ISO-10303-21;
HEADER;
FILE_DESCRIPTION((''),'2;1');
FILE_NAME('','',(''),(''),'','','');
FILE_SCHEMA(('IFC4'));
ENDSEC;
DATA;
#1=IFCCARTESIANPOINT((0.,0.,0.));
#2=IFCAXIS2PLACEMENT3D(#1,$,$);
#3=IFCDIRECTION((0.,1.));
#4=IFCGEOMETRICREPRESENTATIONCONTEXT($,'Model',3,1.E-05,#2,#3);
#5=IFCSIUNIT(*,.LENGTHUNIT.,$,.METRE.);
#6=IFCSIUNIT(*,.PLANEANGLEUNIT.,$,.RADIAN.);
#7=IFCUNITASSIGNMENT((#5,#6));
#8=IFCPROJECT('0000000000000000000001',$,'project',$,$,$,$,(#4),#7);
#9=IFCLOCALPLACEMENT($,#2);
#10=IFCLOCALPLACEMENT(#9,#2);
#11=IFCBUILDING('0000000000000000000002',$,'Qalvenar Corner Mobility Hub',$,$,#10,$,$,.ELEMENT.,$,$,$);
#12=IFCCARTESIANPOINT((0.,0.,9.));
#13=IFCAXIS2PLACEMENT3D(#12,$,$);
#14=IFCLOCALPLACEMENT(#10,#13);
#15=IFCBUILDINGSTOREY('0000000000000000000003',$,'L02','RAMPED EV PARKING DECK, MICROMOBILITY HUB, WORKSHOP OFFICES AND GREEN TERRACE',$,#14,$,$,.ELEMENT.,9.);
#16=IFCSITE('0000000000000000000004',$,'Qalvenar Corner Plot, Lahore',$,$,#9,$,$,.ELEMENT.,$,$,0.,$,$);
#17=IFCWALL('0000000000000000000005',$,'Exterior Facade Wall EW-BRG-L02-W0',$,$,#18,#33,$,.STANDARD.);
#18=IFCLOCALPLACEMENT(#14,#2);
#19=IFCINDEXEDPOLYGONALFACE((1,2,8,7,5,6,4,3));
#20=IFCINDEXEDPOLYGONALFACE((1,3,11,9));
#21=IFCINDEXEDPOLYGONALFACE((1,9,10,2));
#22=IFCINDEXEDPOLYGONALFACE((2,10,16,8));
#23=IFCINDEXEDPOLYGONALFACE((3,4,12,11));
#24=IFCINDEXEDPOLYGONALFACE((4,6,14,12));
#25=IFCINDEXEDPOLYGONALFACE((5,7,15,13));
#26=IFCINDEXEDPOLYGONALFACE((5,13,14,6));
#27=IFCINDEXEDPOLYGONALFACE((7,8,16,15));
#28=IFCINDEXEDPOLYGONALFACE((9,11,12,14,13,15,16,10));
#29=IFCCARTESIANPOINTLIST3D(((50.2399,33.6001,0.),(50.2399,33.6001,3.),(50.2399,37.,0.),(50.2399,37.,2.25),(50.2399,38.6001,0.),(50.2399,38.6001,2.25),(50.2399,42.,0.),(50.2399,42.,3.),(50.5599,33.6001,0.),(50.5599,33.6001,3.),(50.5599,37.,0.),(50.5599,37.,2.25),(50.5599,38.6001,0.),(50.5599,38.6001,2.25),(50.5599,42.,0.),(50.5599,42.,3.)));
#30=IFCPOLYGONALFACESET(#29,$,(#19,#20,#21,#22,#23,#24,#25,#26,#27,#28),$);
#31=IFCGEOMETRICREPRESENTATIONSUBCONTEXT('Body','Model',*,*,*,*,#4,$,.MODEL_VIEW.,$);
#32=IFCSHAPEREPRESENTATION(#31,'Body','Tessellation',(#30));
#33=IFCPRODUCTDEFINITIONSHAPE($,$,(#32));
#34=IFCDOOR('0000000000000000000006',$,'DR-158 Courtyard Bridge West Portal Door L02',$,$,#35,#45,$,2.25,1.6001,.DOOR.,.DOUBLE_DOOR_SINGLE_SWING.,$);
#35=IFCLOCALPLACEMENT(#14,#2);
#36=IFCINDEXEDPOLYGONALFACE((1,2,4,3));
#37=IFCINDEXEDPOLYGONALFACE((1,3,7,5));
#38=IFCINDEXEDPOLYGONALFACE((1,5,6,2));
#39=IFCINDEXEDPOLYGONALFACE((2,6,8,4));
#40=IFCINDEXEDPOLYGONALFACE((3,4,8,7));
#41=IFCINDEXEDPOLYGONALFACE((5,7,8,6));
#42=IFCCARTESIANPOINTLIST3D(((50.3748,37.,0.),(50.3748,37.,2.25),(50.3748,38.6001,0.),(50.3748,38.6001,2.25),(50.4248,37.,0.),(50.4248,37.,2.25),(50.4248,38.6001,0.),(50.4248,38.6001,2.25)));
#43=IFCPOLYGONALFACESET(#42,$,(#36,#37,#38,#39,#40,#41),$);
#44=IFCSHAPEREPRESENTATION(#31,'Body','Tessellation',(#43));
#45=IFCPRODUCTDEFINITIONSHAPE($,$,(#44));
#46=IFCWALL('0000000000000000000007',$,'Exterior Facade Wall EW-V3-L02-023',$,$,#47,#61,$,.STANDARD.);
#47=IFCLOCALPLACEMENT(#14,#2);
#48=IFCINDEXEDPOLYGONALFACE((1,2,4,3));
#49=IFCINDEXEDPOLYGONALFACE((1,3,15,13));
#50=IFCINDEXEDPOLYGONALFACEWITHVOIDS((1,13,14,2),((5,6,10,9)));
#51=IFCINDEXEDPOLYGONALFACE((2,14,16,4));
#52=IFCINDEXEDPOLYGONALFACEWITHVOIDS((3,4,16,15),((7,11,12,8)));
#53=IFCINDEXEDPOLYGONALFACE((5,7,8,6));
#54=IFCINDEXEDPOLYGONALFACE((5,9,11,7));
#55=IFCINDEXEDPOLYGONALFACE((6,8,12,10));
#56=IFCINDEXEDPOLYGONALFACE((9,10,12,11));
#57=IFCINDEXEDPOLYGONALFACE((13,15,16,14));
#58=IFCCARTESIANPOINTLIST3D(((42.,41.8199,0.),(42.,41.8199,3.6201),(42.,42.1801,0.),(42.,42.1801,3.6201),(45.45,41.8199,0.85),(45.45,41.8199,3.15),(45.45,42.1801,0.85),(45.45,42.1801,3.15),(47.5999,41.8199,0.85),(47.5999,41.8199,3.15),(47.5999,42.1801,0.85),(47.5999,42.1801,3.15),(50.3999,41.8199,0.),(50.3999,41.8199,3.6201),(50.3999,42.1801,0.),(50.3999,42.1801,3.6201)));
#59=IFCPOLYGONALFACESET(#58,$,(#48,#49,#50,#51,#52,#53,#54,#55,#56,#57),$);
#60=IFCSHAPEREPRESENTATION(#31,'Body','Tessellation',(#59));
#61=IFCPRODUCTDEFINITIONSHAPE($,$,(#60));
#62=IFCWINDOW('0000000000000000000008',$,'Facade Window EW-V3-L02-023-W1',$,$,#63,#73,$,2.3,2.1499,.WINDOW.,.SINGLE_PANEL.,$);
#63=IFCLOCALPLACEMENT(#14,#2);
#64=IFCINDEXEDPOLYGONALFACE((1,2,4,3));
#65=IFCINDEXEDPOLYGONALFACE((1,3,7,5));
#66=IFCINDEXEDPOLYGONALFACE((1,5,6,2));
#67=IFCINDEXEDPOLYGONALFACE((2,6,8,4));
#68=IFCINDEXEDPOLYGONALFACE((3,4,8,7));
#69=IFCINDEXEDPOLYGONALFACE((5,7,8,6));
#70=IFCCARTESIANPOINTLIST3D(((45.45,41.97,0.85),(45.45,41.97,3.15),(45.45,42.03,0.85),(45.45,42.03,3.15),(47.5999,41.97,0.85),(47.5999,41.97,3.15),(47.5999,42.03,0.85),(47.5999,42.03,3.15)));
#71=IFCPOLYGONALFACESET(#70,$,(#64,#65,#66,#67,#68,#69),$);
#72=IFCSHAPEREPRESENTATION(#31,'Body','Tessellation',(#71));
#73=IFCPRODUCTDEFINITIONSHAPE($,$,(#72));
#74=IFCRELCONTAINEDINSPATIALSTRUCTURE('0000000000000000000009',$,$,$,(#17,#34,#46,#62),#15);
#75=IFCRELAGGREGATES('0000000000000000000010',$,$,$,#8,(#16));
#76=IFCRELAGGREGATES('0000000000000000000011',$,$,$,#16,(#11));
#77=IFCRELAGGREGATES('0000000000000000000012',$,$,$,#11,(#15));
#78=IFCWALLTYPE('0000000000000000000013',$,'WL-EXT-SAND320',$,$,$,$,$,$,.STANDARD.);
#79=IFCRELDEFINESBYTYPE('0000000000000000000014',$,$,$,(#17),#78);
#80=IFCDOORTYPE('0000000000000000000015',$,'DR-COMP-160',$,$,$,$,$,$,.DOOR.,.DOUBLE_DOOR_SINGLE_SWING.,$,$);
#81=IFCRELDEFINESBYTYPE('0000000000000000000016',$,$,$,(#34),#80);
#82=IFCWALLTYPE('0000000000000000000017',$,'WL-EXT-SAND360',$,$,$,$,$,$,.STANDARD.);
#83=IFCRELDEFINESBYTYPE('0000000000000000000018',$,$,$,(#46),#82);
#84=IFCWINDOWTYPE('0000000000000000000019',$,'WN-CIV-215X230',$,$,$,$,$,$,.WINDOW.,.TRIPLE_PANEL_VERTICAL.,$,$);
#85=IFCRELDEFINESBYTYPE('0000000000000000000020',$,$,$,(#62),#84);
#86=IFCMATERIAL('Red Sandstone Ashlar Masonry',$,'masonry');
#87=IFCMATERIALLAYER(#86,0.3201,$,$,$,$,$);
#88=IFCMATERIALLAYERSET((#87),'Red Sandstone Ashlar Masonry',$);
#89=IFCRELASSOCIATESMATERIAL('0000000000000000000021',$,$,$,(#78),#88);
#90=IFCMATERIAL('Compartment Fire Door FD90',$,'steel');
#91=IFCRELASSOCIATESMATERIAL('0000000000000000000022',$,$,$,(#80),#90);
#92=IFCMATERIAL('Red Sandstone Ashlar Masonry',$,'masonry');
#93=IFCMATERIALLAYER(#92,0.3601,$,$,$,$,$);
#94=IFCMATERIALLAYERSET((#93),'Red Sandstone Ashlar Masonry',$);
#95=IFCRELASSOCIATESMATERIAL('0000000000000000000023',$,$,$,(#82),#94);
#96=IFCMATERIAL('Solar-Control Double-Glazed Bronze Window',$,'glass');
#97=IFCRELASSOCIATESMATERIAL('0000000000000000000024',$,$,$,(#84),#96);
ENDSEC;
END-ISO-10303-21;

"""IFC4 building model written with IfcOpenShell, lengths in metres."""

from ifc_helpers import new_model, si_unit, direction, frame, frame_2d, origin, place, context, subcontext, project, spatial, rectangle, extrude, material, layer, layer_set, type_object, element, fill, save


model = new_model("IFC4")

# Units and contexts
model_context = context("Model", 3, precision=1e-05, world=origin(), true_north=direction((0.0, 1.0)))
body_context = subcontext(model_context, "Body", "Model", "MODEL_VIEW")
ifc_project = project(units=[si_unit("LENGTHUNIT", "METRE"), si_unit("PLANEANGLEUNIT", "RADIAN")], contexts=[model_context])

# Site, building, storey
site_placement = place(None, origin())
site = spatial("IfcSite", under=ifc_project, at=site_placement, Name="Qalvenar Corner Plot, Lahore", CompositionType="ELEMENT", RefElevation=0.0)
building_placement = place(site_placement, origin())
building = spatial("IfcBuilding", under=site, at=building_placement, Name="Qalvenar Corner Mobility Hub", CompositionType="ELEMENT")
storey_placement = place(building_placement, frame((0.0, 0.0, 9.0)))
storey = spatial("IfcBuildingStorey", under=building, at=storey_placement, Name="L02", Description="RAMPED EV PARKING DECK, MICROMOBILITY HUB, WORKSHOP OFFICES AND GREEN TERRACE", CompositionType="ELEMENT", Elevation=9.0)

# Wall, opening, door
ifc_material_1 = material(Name="Red Sandstone Ashlar Masonry", Category="masonry")
ifc_layer_1 = layer(ifc_material_1, 0.3201)
ifc_layer_set_1 = layer_set([ifc_layer_1], Name="Red Sandstone Ashlar Masonry")
wall_type_1 = type_object("IfcWallType", Name="WL-EXT-SAND320", PredefinedType="STANDARD", material=ifc_layer_set_1)
wall_1_placement = place(storey_placement, frame((50.3999, 42.0, 0.0), z_axis=(0.0, 0.0, 1.0), x_axis=(0.0, -1.0, 0.0)))
wall_1 = element("IfcWall", 1, at=wall_1_placement, inside=storey, type_object=wall_type_1, Name="Exterior Facade Wall EW-BRG-L02-W0", PredefinedType="STANDARD", context=body_context, shape_type="SweptSolid", body=[
    extrude(rectangle(XDim=8.3999, YDim=0.3201, at=frame_2d((4.2, 0.0))), origin(), (0.0, 0.0, 1.0), 3.0),
])
opening_1_placement = place(wall_1_placement, frame((3.3999, 0.0, 0.0)))
opening_1 = element("IfcOpeningElement", 2, at=opening_1_placement, cuts=wall_1, PredefinedType="OPENING", context=body_context, shape_type="SweptSolid", body=[
    extrude(rectangle(XDim=1.6001, YDim=2.25, at=frame_2d((0.8, 1.125))), frame((0.0, 0.1699, 0.0), z_axis=(0.0, -1.0, 0.0), x_axis=(1.0, 0.0, 0.0)), (0.0, 0.0, 1.0), 0.3401),
])
ifc_material_2 = material(Name="Compartment Fire Door FD90", Category="steel")
door_type = type_object("IfcDoorType", Name="DR-COMP-160", OperationType="DOUBLE_DOOR_SINGLE_SWING", PredefinedType="DOOR", material=ifc_material_2)
door_placement = place(opening_1_placement, origin())
door = element("IfcDoor", 3, at=door_placement, inside=storey, type_object=door_type, Name="DR-158 Courtyard Bridge West Portal Door L02", OperationType="DOUBLE_DOOR_SINGLE_SWING", OverallHeight=2.25, OverallWidth=1.6001, PredefinedType="DOOR", context=body_context, shape_type="SweptSolid", body=[
    extrude(rectangle(XDim=1.6001, YDim=2.25, at=frame_2d((0.8, 1.125))), frame((0.0, 0.0249, 0.0), z_axis=(0.0, -1.0, 0.0), x_axis=(1.0, 0.0, 0.0)), (0.0, 0.0, 1.0), 0.05),
])
fill(opening_1, door)

# Wall, opening, window
ifc_material_3 = material(Name="Red Sandstone Ashlar Masonry", Category="masonry")
ifc_layer_2 = layer(ifc_material_3, 0.3601)
ifc_layer_set_2 = layer_set([ifc_layer_2], Name="Red Sandstone Ashlar Masonry")
wall_type_2 = type_object("IfcWallType", Name="WL-EXT-SAND360", PredefinedType="STANDARD", material=ifc_layer_set_2)
wall_2_placement = place(storey_placement, frame((50.3999, 42.0, 0.0), z_axis=(0.0, 0.0, 1.0), x_axis=(-1.0, 0.0, 0.0)))
wall_2 = element("IfcWall", 4, at=wall_2_placement, inside=storey, type_object=wall_type_2, Name="Exterior Facade Wall EW-V3-L02-023", PredefinedType="STANDARD", context=body_context, shape_type="SweptSolid", body=[
    extrude(rectangle(XDim=8.3999, YDim=0.3601, at=frame_2d((4.2, 0.0))), origin(), (0.0, 0.0, 1.0), 3.6201),
])
opening_2_placement = place(wall_2_placement, frame((2.8, 0.0, 0.8501)))
opening_2 = element("IfcOpeningElement", 5, at=opening_2_placement, cuts=wall_2, PredefinedType="OPENING", context=body_context, shape_type="SweptSolid", body=[
    extrude(rectangle(XDim=2.1499, YDim=2.3, at=frame_2d((1.075, 1.1499))), frame((0.0, 0.1899, 0.0), z_axis=(0.0, -1.0, 0.0), x_axis=(1.0, 0.0, 0.0)), (0.0, 0.0, 1.0), 0.3801),
])
ifc_material_4 = material(Name="Solar-Control Double-Glazed Bronze Window", Category="glass")
window_type = type_object("IfcWindowType", Name="WN-CIV-215X230", PartitioningType="TRIPLE_PANEL_VERTICAL", PredefinedType="WINDOW", material=ifc_material_4)
window_placement = place(opening_2_placement, origin())
window = element("IfcWindow", 6, at=window_placement, inside=storey, type_object=window_type, Name="Facade Window EW-V3-L02-023-W1", OverallHeight=2.3, OverallWidth=2.1499, PartitioningType="SINGLE_PANEL", PredefinedType="WINDOW", context=body_context, shape_type="SweptSolid", body=[
    extrude(rectangle(XDim=2.1499, YDim=2.3, at=frame_2d((1.075, 1.1499))), frame((0.0, 0.03, 0.0), z_axis=(0.0, -1.0, 0.0), x_axis=(1.0, 0.0, 0.0)), (0.0, 0.0, 1.0), 0.0601),
])
fill(opening_2, window)

save(model, "model.ifc")
